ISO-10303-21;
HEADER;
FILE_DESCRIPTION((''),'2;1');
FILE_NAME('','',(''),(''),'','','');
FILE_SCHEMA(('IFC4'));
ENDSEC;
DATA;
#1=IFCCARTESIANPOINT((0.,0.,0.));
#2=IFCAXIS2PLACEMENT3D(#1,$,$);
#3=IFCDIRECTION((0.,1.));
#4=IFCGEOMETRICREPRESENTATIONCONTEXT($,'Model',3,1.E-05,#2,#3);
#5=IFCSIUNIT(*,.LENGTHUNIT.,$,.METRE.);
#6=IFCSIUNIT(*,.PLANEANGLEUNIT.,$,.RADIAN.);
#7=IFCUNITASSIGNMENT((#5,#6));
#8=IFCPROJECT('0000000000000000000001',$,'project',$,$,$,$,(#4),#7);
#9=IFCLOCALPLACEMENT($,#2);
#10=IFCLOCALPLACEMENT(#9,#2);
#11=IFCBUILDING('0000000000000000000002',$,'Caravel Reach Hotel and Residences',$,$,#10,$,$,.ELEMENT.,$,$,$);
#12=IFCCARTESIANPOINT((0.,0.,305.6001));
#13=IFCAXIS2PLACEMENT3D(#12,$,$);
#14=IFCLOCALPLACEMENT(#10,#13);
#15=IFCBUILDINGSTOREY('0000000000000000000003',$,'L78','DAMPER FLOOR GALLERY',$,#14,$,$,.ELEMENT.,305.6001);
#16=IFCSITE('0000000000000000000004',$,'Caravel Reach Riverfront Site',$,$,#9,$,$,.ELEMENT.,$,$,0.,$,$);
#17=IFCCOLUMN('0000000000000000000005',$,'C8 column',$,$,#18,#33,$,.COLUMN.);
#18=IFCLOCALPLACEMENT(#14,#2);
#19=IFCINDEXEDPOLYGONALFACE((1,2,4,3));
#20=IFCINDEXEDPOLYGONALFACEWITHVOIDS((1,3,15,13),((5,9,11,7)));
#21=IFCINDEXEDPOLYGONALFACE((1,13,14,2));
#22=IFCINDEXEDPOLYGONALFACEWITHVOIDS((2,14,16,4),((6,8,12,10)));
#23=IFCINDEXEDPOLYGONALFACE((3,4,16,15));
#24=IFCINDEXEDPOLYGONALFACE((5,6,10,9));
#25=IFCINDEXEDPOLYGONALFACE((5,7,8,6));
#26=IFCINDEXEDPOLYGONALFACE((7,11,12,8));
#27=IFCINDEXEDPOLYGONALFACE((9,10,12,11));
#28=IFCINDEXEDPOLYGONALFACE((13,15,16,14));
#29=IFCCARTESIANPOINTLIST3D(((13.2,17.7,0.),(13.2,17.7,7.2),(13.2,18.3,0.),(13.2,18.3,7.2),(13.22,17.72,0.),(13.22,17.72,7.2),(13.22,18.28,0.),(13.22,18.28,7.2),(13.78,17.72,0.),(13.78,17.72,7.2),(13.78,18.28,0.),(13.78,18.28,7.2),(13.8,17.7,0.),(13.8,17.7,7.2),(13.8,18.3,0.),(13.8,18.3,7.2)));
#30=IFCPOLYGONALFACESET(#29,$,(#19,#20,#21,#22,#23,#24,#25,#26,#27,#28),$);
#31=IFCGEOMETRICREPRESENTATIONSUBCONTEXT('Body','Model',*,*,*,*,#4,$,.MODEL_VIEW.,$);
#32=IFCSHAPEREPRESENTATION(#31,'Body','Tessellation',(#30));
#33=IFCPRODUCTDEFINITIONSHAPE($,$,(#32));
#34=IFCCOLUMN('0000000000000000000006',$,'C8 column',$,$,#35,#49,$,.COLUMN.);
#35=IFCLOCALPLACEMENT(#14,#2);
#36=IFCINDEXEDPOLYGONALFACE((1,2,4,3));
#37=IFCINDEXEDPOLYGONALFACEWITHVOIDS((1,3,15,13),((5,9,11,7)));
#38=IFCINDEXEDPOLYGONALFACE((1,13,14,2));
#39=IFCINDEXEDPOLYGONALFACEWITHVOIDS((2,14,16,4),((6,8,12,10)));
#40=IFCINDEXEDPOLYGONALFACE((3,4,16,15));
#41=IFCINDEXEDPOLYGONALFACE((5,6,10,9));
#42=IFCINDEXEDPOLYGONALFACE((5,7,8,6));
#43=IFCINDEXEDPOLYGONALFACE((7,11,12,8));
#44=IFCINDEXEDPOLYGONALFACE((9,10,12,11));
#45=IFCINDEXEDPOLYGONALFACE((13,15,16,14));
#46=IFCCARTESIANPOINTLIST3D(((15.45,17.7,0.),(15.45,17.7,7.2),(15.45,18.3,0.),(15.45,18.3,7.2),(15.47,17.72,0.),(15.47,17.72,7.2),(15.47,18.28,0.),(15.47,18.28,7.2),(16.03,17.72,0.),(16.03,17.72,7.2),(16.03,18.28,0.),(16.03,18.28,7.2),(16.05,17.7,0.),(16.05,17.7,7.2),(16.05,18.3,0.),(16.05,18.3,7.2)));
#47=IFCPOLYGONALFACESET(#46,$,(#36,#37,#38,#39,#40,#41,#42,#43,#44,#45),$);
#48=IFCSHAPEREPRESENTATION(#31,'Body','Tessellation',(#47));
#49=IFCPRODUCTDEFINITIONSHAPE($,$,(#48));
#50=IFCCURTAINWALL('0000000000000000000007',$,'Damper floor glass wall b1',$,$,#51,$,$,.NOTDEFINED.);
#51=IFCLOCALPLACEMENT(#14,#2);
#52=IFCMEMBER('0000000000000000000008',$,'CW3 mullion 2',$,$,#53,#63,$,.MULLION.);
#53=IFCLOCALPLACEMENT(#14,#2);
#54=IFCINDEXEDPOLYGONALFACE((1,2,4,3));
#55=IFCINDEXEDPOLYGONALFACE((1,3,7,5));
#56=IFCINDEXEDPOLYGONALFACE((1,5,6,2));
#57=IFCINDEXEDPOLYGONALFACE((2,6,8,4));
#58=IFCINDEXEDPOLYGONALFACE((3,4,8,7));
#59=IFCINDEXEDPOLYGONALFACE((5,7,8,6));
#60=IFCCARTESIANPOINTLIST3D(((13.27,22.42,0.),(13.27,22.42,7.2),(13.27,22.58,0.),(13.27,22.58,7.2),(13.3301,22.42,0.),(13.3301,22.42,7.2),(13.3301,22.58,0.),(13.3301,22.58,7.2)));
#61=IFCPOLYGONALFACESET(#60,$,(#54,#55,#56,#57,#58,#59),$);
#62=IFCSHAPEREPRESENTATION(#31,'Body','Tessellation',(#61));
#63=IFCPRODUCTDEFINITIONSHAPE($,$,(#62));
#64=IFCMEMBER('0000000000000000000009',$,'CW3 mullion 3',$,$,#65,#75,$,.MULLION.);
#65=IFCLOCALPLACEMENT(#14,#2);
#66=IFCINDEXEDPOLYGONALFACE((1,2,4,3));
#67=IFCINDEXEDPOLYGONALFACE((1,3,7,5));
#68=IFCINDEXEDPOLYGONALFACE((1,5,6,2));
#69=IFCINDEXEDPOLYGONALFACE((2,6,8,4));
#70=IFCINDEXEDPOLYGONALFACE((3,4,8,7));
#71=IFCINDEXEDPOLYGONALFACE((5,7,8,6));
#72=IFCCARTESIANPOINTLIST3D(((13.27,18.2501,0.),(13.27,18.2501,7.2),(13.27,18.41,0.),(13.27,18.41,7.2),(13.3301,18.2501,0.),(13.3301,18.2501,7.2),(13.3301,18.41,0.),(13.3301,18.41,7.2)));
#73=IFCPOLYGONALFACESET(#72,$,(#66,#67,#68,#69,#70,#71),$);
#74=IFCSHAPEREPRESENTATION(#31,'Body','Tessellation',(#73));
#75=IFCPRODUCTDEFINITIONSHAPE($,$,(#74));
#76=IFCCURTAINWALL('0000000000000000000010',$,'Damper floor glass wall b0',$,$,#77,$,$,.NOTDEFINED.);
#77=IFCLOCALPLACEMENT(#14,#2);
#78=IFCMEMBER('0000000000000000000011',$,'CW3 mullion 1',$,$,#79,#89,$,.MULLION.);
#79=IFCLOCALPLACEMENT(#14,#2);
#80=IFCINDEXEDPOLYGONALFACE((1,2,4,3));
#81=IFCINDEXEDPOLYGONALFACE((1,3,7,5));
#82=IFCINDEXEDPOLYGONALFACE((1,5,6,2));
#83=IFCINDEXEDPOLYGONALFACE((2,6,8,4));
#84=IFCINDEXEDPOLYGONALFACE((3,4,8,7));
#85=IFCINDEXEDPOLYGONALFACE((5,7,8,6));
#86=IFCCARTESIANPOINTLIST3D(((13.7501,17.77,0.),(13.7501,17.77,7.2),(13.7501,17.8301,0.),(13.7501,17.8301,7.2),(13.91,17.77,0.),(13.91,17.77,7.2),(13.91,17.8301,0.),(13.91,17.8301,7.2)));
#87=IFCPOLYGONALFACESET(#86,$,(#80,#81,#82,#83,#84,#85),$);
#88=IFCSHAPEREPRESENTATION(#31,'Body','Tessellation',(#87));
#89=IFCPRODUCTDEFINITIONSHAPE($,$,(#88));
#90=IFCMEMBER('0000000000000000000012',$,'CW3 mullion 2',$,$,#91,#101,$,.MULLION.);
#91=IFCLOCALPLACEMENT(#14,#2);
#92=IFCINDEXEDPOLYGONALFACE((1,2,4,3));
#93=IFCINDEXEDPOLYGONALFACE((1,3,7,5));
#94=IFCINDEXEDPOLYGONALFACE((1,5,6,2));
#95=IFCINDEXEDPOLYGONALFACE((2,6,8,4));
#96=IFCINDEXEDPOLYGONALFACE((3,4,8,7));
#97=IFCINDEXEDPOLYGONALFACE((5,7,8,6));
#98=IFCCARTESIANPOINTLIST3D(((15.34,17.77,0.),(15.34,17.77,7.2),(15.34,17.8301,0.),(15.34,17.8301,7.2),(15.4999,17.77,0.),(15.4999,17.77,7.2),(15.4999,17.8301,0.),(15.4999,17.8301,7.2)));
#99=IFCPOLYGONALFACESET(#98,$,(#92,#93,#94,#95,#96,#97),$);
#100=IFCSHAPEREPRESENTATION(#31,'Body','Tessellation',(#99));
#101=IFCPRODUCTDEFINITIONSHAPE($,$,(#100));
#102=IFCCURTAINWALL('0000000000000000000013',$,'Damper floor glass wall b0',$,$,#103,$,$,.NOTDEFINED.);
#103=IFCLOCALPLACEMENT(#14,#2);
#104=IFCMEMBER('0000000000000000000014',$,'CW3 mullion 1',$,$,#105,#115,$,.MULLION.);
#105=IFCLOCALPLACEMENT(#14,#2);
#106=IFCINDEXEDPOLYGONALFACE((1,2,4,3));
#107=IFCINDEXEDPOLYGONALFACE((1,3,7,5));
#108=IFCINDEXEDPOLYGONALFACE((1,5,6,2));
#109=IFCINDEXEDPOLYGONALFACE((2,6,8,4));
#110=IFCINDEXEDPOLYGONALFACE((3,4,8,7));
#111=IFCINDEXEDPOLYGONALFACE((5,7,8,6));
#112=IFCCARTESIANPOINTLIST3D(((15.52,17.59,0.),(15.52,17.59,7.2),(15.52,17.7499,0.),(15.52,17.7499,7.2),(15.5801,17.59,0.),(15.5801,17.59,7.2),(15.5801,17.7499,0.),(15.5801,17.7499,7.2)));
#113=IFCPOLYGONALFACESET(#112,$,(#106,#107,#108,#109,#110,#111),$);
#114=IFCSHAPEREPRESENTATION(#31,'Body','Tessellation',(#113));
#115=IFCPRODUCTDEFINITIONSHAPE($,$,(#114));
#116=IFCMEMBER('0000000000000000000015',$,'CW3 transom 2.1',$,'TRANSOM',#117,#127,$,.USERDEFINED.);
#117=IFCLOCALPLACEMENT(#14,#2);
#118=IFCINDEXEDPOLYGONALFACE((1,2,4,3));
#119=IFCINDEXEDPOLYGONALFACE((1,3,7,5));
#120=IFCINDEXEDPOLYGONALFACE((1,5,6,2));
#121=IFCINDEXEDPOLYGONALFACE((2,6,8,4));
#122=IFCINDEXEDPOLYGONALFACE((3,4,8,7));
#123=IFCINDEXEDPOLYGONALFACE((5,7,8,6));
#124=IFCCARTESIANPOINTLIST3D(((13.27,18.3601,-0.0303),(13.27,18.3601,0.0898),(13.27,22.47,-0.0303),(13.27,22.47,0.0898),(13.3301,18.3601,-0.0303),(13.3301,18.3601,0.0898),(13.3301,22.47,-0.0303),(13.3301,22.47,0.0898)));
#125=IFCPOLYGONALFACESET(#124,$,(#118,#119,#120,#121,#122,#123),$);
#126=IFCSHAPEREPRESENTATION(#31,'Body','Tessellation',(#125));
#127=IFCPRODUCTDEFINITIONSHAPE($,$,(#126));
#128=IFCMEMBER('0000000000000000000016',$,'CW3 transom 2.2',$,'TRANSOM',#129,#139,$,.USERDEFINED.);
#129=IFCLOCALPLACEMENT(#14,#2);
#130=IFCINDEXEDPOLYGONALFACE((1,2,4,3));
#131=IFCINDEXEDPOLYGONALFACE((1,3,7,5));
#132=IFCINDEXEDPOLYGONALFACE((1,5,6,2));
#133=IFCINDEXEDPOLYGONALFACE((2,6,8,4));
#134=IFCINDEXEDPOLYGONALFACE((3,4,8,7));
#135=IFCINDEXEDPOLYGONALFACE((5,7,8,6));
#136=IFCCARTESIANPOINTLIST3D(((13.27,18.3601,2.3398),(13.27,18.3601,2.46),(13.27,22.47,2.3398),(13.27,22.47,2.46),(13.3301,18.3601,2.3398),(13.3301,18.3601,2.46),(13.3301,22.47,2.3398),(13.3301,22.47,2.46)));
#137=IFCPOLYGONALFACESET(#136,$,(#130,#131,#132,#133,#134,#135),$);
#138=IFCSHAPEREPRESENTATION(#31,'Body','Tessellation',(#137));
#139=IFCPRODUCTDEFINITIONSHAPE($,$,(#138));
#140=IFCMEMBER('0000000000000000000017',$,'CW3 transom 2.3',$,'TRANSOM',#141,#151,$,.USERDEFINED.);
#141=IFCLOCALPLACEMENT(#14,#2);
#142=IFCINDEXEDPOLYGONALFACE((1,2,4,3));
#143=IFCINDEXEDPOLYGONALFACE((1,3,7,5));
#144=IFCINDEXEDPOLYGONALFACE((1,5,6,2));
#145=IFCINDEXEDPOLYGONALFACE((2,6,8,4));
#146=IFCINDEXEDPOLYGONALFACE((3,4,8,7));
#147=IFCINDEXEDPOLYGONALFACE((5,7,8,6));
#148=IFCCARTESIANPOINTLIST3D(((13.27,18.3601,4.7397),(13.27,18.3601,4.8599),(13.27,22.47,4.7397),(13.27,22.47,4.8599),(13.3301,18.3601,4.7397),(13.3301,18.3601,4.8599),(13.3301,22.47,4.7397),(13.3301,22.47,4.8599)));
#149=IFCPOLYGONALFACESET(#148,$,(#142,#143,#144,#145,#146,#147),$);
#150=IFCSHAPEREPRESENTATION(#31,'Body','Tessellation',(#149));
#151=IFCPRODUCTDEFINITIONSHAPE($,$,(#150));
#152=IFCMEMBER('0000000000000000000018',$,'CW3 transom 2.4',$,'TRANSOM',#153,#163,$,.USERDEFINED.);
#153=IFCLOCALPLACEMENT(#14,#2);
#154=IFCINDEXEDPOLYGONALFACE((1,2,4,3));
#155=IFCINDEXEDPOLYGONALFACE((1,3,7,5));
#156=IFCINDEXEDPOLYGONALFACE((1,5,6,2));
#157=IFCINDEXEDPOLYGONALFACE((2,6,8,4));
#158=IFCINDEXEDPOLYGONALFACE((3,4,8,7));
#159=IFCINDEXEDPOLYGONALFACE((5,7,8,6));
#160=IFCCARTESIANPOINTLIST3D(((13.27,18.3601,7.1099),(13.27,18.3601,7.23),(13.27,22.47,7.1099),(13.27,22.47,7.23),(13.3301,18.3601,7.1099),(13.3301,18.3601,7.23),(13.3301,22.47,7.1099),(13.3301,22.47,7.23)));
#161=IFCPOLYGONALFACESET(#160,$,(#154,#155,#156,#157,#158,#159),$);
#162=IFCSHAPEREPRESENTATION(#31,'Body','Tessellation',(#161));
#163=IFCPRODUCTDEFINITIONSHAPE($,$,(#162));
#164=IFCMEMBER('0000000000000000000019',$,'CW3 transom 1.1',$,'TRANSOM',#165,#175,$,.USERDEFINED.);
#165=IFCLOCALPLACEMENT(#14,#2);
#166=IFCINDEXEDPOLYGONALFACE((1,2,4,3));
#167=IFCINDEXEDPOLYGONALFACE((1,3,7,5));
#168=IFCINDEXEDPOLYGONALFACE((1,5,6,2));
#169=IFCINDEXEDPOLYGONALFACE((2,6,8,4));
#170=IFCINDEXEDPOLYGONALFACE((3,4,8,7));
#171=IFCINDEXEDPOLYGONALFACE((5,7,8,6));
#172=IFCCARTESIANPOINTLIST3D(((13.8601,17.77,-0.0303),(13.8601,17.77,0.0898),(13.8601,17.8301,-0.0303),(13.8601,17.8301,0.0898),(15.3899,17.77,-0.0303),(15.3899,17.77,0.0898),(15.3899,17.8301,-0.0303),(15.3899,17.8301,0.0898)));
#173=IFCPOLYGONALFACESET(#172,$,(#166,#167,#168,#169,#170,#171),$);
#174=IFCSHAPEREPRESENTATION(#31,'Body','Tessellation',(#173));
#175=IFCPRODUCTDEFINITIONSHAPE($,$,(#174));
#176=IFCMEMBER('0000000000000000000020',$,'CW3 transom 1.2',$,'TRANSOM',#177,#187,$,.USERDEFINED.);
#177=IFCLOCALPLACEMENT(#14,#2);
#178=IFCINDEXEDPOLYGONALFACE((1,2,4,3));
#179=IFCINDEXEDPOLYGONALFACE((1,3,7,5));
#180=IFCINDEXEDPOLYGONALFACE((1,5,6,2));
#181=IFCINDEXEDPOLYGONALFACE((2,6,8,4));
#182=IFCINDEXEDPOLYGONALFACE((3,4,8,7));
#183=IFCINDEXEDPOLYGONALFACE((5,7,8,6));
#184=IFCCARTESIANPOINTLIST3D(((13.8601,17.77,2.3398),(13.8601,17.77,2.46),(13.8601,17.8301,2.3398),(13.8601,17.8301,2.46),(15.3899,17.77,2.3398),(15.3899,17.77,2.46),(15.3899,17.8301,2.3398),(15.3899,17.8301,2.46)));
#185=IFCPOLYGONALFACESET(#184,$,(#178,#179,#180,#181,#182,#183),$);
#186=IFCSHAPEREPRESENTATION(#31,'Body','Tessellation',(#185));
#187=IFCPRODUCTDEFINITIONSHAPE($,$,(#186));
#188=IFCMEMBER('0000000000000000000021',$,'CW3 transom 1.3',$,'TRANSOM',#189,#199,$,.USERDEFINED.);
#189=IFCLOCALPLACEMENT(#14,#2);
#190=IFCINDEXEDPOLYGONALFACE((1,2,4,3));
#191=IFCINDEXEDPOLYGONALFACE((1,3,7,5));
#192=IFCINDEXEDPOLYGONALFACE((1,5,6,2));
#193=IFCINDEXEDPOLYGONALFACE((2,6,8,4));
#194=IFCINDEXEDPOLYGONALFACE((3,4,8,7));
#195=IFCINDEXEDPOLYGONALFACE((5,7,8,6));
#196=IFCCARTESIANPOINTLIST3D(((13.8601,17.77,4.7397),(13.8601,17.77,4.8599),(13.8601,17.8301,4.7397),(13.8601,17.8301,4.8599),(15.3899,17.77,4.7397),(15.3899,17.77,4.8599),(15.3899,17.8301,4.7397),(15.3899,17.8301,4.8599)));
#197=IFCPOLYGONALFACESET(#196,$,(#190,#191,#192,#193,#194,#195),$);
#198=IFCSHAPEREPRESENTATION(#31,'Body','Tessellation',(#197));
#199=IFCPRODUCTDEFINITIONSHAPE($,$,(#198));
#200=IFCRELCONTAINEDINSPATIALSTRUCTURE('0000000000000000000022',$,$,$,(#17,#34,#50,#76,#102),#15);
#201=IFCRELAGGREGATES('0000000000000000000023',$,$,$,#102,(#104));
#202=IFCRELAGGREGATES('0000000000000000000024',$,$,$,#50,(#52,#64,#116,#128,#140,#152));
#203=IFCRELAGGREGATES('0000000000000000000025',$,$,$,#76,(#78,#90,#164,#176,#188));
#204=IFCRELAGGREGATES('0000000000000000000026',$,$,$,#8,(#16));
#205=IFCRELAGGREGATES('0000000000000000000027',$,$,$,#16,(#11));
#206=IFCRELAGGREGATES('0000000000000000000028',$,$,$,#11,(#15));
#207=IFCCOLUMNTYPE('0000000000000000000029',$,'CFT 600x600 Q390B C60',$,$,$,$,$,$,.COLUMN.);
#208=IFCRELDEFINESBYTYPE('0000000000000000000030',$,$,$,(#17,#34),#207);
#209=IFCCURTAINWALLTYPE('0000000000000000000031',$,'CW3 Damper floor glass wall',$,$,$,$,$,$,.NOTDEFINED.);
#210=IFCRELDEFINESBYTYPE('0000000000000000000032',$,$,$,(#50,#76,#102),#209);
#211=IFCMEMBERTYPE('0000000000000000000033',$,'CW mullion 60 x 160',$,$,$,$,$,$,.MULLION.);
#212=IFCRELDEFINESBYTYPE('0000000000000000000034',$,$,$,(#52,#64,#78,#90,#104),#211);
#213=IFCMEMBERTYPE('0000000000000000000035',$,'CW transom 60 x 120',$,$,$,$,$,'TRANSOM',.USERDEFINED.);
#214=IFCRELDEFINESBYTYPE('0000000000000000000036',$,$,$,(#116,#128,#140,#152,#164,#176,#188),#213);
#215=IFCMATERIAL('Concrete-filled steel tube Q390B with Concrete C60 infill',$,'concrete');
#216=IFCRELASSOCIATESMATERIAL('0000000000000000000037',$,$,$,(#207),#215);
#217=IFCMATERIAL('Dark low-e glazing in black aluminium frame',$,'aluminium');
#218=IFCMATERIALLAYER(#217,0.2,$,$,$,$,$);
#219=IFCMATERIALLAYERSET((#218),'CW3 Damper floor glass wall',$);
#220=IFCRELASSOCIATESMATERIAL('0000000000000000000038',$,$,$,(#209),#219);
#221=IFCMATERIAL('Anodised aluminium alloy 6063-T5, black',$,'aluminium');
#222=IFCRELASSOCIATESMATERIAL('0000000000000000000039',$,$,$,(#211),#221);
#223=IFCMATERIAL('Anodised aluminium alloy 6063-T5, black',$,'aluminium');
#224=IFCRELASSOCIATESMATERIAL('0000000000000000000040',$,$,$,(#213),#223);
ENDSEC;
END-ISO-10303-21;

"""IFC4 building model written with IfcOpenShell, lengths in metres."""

from ifc_helpers import new_model, si_unit, direction, frame, origin, origin_2d, place, context, subcontext, project, spatial, rectangle, hollow_rectangle, extrude, material, layer, layer_set, material_profile, profile_set, type_object, element, aggregate, save


model = new_model("IFC4")

# Units and contexts
model_context = context("Model", 3, precision=1e-05, world=origin(), true_north=direction((0.0, 1.0)))
body_context = subcontext(model_context, "Body", "Model", "MODEL_VIEW")
ifc_project = project(units=[si_unit("LENGTHUNIT", "METRE"), si_unit("PLANEANGLEUNIT", "RADIAN")], contexts=[model_context])

# Site, building, storey
site_placement = place(None, origin())
site = spatial("IfcSite", under=ifc_project, at=site_placement, Name="Caravel Reach Riverfront Site", CompositionType="ELEMENT", RefElevation=0.0)
building_placement = place(site_placement, origin())
building = spatial("IfcBuilding", under=site, at=building_placement, Name="Caravel Reach Hotel and Residences", CompositionType="ELEMENT")
storey_placement = place(building_placement, frame((0.0, 0.0, 305.6001)))
storey = spatial("IfcBuildingStorey", under=building, at=storey_placement, Name="L78", Description="DAMPER FLOOR GALLERY", CompositionType="ELEMENT", Elevation=305.6001)

# Columns
ifc_material_1 = material(Name="Concrete-filled steel tube Q390B with Concrete C60 infill", Category="concrete")
ifc_material_profile_1 = material_profile(ifc_material_1, hollow_rectangle(XDim=0.6001, YDim=0.6001, WallThickness=0.02, at=origin_2d()), Name="RHS 600x600x20")
ifc_profile_set_1 = profile_set([ifc_material_profile_1], Name="Concrete-filled steel tube Q390B with Concrete C60 infill")
column_type = type_object("IfcColumnType", Name="CFT 600x600 Q390B C60", PredefinedType="COLUMN", material=ifc_profile_set_1)
for number, where, z_axis, x_axis, name in (
    (1, (13.5, 18.0, 0.0), (0.0, 0.0, 1.0), (1.0, 0.0, 0.0), "C8 column"),
    (2, (15.75, 18.0, 0.0), (0.0, 0.0, 1.0), (1.0, 0.0, 0.0), "C8 column"),
):
    element("IfcColumn", number, at=place(storey_placement, frame(where, z_axis=z_axis, x_axis=x_axis)), inside=storey, type_object=column_type, Name=name, PredefinedType="COLUMN", context=body_context, shape_type="SweptSolid", body=[
        extrude(hollow_rectangle(XDim=0.6001, YDim=0.6001, WallThickness=0.02, at=origin_2d()), origin(), (0.0, 0.0, 1.0), 7.2),
    ])

# Curtain walls, members
ifc_material_2 = material(Name="Dark low-e glazing in black aluminium frame", Category="aluminium")
ifc_layer_1 = layer(ifc_material_2, 0.2)
ifc_layer_set_1 = layer_set([ifc_layer_1], Name="CW3 Damper floor glass wall")
curtain_wall_type = type_object("IfcCurtainWallType", Name="CW3 Damper floor glass wall", PredefinedType="NOTDEFINED", material=ifc_layer_set_1)
curtain_wall_1_placement = place(storey_placement, origin())
curtain_wall_1 = element("IfcCurtainWall", 3, at=curtain_wall_1_placement, inside=storey, type_object=curtain_wall_type, Name="Damper floor glass wall b1", PredefinedType="NOTDEFINED")
ifc_material_3 = material(Name="Anodised aluminium alloy 6063-T5, black", Category="aluminium")
ifc_material_profile_2 = material_profile(ifc_material_3, rectangle(XDim=0.0601, YDim=0.1599, at=origin_2d()), Name="CW mullion 60 x 160")
ifc_profile_set_2 = profile_set([ifc_material_profile_2], Name="Anodised aluminium alloy 6063-T5, black")
member_type_1 = type_object("IfcMemberType", Name="CW mullion 60 x 160", PredefinedType="MULLION", material=ifc_profile_set_2)
member_1_placement = place(storey_placement, frame((13.3, 22.5, 0.0), z_axis=(0.0, 0.0, 1.0), x_axis=(1.0, 0.0, 0.0)))
member_1 = element("IfcMember", 4, at=member_1_placement, type_object=member_type_1, Name="CW3 mullion 2", PredefinedType="MULLION", context=body_context, shape_type="SweptSolid", body=[
    extrude(rectangle(XDim=0.0601, YDim=0.1599, at=origin_2d()), origin(), (0.0, 0.0, 1.0), 7.2),
])
member_2_placement = place(storey_placement, frame((13.3, 18.3301, 0.0), z_axis=(0.0, 0.0, 1.0), x_axis=(1.0, 0.0, 0.0)))
member_2 = element("IfcMember", 5, at=member_2_placement, type_object=member_type_1, Name="CW3 mullion 3", PredefinedType="MULLION", context=body_context, shape_type="SweptSolid", body=[
    extrude(rectangle(XDim=0.0601, YDim=0.1599, at=origin_2d()), origin(), (0.0, 0.0, 1.0), 7.2),
])
curtain_wall_2_placement = place(storey_placement, origin())
curtain_wall_2 = element("IfcCurtainWall", 6, at=curtain_wall_2_placement, inside=storey, type_object=curtain_wall_type, Name="Damper floor glass wall b0", PredefinedType="NOTDEFINED")
member_3_placement = place(storey_placement, frame((13.8301, 17.8, 0.0), z_axis=(0.0, 0.0, 1.0), x_axis=(0.0, 1.0, 0.0)))
member_3 = element("IfcMember", 7, at=member_3_placement, type_object=member_type_1, Name="CW3 mullion 1", PredefinedType="MULLION", context=body_context, shape_type="SweptSolid", body=[
    extrude(rectangle(XDim=0.0601, YDim=0.1599, at=origin_2d()), origin(), (0.0, 0.0, 1.0), 7.2),
])
member_4_placement = place(storey_placement, frame((15.4199, 17.8, 0.0), z_axis=(0.0, 0.0, 1.0), x_axis=(0.0, 1.0, 0.0)))
member_4 = element("IfcMember", 8, at=member_4_placement, type_object=member_type_1, Name="CW3 mullion 2", PredefinedType="MULLION", context=body_context, shape_type="SweptSolid", body=[
    extrude(rectangle(XDim=0.0601, YDim=0.1599, at=origin_2d()), origin(), (0.0, 0.0, 1.0), 7.2),
])

# Curtain wall, member
curtain_wall_3_placement = place(storey_placement, origin())
curtain_wall_3 = element("IfcCurtainWall", 9, at=curtain_wall_3_placement, inside=storey, type_object=curtain_wall_type, Name="Damper floor glass wall b0", PredefinedType="NOTDEFINED")
member_5_placement = place(storey_placement, frame((15.55, 17.6699, 0.0), z_axis=(0.0, 0.0, 1.0), x_axis=(1.0, 0.0, 0.0)))
member_5 = element("IfcMember", 10, at=member_5_placement, type_object=member_type_1, Name="CW3 mullion 1", PredefinedType="MULLION", context=body_context, shape_type="SweptSolid", body=[
    extrude(rectangle(XDim=0.0601, YDim=0.1599, at=origin_2d()), origin(), (0.0, 0.0, 1.0), 7.2),
])

# Members
ifc_material_4 = material(Name="Anodised aluminium alloy 6063-T5, black", Category="aluminium")
ifc_material_profile_3 = material_profile(ifc_material_4, rectangle(XDim=0.0601, YDim=0.1201, at=origin_2d()), Name="CW transom 60 x 120")
ifc_profile_set_3 = profile_set([ifc_material_profile_3], Name="Anodised aluminium alloy 6063-T5, black")
member_type_2 = type_object("IfcMemberType", Name="CW transom 60 x 120", ElementType="TRANSOM", PredefinedType="USERDEFINED", material=ifc_profile_set_3)
member_6_placement = place(storey_placement, frame((13.3, 22.47, 0.0298), z_axis=(0.0, -1.0, 0.0), x_axis=(1.0, 0.0, 0.0)))
member_6 = element("IfcMember", 11, at=member_6_placement, type_object=member_type_2, Name="CW3 transom 2.1", ObjectType="TRANSOM", PredefinedType="USERDEFINED", context=body_context, shape_type="SweptSolid", body=[
    extrude(rectangle(XDim=0.0601, YDim=0.1201, at=origin_2d()), origin(), (0.0, 0.0, 1.0), 4.1099),
])
member_7_placement = place(storey_placement, frame((13.3, 22.47, 2.3999), z_axis=(0.0, -1.0, 0.0), x_axis=(1.0, 0.0, 0.0)))
member_7 = element("IfcMember", 12, at=member_7_placement, type_object=member_type_2, Name="CW3 transom 2.2", ObjectType="TRANSOM", PredefinedType="USERDEFINED", context=body_context, shape_type="SweptSolid", body=[
    extrude(rectangle(XDim=0.0601, YDim=0.1201, at=origin_2d()), origin(), (0.0, 0.0, 1.0), 4.1099),
])
member_8_placement = place(storey_placement, frame((13.3, 22.47, 4.7998), z_axis=(0.0, -1.0, 0.0), x_axis=(1.0, 0.0, 0.0)))
member_8 = element("IfcMember", 13, at=member_8_placement, type_object=member_type_2, Name="CW3 transom 2.3", ObjectType="TRANSOM", PredefinedType="USERDEFINED", context=body_context, shape_type="SweptSolid", body=[
    extrude(rectangle(XDim=0.0601, YDim=0.1201, at=origin_2d()), origin(), (0.0, 0.0, 1.0), 4.1099),
])
member_9_placement = place(storey_placement, frame((13.3, 22.47, 7.1699), z_axis=(0.0, -1.0, 0.0), x_axis=(1.0, 0.0, 0.0)))
member_9 = element("IfcMember", 14, at=member_9_placement, type_object=member_type_2, Name="CW3 transom 2.4", ObjectType="TRANSOM", PredefinedType="USERDEFINED", context=body_context, shape_type="SweptSolid", body=[
    extrude(rectangle(XDim=0.0601, YDim=0.1201, at=origin_2d()), origin(), (0.0, 0.0, 1.0), 4.1099),
])
member_10_placement = place(storey_placement, frame((13.8601, 17.8, 0.0298), z_axis=(1.0, 0.0, 0.0), x_axis=(0.0, 1.0, 0.0)))
member_10 = element("IfcMember", 15, at=member_10_placement, type_object=member_type_2, Name="CW3 transom 1.1", ObjectType="TRANSOM", PredefinedType="USERDEFINED", context=body_context, shape_type="SweptSolid", body=[
    extrude(rectangle(XDim=0.0601, YDim=0.1201, at=origin_2d()), origin(), (0.0, 0.0, 1.0), 1.5298),
])
member_11_placement = place(storey_placement, frame((13.8601, 17.8, 2.3999), z_axis=(1.0, 0.0, 0.0), x_axis=(0.0, 1.0, 0.0)))
member_11 = element("IfcMember", 16, at=member_11_placement, type_object=member_type_2, Name="CW3 transom 1.2", ObjectType="TRANSOM", PredefinedType="USERDEFINED", context=body_context, shape_type="SweptSolid", body=[
    extrude(rectangle(XDim=0.0601, YDim=0.1201, at=origin_2d()), origin(), (0.0, 0.0, 1.0), 1.5298),
])
member_12_placement = place(storey_placement, frame((13.8601, 17.8, 4.7998), z_axis=(1.0, 0.0, 0.0), x_axis=(0.0, 1.0, 0.0)))
member_12 = element("IfcMember", 17, at=member_12_placement, type_object=member_type_2, Name="CW3 transom 1.3", ObjectType="TRANSOM", PredefinedType="USERDEFINED", context=body_context, shape_type="SweptSolid", body=[
    extrude(rectangle(XDim=0.0601, YDim=0.1201, at=origin_2d()), origin(), (0.0, 0.0, 1.0), 1.5298),
])
aggregate(curtain_wall_3, [member_5])

aggregate(curtain_wall_1, [member_1, member_2, member_6, member_7, member_8, member_9])
aggregate(curtain_wall_2, [member_3, member_4, member_10, member_11, member_12])

save(model, "model.ifc")
